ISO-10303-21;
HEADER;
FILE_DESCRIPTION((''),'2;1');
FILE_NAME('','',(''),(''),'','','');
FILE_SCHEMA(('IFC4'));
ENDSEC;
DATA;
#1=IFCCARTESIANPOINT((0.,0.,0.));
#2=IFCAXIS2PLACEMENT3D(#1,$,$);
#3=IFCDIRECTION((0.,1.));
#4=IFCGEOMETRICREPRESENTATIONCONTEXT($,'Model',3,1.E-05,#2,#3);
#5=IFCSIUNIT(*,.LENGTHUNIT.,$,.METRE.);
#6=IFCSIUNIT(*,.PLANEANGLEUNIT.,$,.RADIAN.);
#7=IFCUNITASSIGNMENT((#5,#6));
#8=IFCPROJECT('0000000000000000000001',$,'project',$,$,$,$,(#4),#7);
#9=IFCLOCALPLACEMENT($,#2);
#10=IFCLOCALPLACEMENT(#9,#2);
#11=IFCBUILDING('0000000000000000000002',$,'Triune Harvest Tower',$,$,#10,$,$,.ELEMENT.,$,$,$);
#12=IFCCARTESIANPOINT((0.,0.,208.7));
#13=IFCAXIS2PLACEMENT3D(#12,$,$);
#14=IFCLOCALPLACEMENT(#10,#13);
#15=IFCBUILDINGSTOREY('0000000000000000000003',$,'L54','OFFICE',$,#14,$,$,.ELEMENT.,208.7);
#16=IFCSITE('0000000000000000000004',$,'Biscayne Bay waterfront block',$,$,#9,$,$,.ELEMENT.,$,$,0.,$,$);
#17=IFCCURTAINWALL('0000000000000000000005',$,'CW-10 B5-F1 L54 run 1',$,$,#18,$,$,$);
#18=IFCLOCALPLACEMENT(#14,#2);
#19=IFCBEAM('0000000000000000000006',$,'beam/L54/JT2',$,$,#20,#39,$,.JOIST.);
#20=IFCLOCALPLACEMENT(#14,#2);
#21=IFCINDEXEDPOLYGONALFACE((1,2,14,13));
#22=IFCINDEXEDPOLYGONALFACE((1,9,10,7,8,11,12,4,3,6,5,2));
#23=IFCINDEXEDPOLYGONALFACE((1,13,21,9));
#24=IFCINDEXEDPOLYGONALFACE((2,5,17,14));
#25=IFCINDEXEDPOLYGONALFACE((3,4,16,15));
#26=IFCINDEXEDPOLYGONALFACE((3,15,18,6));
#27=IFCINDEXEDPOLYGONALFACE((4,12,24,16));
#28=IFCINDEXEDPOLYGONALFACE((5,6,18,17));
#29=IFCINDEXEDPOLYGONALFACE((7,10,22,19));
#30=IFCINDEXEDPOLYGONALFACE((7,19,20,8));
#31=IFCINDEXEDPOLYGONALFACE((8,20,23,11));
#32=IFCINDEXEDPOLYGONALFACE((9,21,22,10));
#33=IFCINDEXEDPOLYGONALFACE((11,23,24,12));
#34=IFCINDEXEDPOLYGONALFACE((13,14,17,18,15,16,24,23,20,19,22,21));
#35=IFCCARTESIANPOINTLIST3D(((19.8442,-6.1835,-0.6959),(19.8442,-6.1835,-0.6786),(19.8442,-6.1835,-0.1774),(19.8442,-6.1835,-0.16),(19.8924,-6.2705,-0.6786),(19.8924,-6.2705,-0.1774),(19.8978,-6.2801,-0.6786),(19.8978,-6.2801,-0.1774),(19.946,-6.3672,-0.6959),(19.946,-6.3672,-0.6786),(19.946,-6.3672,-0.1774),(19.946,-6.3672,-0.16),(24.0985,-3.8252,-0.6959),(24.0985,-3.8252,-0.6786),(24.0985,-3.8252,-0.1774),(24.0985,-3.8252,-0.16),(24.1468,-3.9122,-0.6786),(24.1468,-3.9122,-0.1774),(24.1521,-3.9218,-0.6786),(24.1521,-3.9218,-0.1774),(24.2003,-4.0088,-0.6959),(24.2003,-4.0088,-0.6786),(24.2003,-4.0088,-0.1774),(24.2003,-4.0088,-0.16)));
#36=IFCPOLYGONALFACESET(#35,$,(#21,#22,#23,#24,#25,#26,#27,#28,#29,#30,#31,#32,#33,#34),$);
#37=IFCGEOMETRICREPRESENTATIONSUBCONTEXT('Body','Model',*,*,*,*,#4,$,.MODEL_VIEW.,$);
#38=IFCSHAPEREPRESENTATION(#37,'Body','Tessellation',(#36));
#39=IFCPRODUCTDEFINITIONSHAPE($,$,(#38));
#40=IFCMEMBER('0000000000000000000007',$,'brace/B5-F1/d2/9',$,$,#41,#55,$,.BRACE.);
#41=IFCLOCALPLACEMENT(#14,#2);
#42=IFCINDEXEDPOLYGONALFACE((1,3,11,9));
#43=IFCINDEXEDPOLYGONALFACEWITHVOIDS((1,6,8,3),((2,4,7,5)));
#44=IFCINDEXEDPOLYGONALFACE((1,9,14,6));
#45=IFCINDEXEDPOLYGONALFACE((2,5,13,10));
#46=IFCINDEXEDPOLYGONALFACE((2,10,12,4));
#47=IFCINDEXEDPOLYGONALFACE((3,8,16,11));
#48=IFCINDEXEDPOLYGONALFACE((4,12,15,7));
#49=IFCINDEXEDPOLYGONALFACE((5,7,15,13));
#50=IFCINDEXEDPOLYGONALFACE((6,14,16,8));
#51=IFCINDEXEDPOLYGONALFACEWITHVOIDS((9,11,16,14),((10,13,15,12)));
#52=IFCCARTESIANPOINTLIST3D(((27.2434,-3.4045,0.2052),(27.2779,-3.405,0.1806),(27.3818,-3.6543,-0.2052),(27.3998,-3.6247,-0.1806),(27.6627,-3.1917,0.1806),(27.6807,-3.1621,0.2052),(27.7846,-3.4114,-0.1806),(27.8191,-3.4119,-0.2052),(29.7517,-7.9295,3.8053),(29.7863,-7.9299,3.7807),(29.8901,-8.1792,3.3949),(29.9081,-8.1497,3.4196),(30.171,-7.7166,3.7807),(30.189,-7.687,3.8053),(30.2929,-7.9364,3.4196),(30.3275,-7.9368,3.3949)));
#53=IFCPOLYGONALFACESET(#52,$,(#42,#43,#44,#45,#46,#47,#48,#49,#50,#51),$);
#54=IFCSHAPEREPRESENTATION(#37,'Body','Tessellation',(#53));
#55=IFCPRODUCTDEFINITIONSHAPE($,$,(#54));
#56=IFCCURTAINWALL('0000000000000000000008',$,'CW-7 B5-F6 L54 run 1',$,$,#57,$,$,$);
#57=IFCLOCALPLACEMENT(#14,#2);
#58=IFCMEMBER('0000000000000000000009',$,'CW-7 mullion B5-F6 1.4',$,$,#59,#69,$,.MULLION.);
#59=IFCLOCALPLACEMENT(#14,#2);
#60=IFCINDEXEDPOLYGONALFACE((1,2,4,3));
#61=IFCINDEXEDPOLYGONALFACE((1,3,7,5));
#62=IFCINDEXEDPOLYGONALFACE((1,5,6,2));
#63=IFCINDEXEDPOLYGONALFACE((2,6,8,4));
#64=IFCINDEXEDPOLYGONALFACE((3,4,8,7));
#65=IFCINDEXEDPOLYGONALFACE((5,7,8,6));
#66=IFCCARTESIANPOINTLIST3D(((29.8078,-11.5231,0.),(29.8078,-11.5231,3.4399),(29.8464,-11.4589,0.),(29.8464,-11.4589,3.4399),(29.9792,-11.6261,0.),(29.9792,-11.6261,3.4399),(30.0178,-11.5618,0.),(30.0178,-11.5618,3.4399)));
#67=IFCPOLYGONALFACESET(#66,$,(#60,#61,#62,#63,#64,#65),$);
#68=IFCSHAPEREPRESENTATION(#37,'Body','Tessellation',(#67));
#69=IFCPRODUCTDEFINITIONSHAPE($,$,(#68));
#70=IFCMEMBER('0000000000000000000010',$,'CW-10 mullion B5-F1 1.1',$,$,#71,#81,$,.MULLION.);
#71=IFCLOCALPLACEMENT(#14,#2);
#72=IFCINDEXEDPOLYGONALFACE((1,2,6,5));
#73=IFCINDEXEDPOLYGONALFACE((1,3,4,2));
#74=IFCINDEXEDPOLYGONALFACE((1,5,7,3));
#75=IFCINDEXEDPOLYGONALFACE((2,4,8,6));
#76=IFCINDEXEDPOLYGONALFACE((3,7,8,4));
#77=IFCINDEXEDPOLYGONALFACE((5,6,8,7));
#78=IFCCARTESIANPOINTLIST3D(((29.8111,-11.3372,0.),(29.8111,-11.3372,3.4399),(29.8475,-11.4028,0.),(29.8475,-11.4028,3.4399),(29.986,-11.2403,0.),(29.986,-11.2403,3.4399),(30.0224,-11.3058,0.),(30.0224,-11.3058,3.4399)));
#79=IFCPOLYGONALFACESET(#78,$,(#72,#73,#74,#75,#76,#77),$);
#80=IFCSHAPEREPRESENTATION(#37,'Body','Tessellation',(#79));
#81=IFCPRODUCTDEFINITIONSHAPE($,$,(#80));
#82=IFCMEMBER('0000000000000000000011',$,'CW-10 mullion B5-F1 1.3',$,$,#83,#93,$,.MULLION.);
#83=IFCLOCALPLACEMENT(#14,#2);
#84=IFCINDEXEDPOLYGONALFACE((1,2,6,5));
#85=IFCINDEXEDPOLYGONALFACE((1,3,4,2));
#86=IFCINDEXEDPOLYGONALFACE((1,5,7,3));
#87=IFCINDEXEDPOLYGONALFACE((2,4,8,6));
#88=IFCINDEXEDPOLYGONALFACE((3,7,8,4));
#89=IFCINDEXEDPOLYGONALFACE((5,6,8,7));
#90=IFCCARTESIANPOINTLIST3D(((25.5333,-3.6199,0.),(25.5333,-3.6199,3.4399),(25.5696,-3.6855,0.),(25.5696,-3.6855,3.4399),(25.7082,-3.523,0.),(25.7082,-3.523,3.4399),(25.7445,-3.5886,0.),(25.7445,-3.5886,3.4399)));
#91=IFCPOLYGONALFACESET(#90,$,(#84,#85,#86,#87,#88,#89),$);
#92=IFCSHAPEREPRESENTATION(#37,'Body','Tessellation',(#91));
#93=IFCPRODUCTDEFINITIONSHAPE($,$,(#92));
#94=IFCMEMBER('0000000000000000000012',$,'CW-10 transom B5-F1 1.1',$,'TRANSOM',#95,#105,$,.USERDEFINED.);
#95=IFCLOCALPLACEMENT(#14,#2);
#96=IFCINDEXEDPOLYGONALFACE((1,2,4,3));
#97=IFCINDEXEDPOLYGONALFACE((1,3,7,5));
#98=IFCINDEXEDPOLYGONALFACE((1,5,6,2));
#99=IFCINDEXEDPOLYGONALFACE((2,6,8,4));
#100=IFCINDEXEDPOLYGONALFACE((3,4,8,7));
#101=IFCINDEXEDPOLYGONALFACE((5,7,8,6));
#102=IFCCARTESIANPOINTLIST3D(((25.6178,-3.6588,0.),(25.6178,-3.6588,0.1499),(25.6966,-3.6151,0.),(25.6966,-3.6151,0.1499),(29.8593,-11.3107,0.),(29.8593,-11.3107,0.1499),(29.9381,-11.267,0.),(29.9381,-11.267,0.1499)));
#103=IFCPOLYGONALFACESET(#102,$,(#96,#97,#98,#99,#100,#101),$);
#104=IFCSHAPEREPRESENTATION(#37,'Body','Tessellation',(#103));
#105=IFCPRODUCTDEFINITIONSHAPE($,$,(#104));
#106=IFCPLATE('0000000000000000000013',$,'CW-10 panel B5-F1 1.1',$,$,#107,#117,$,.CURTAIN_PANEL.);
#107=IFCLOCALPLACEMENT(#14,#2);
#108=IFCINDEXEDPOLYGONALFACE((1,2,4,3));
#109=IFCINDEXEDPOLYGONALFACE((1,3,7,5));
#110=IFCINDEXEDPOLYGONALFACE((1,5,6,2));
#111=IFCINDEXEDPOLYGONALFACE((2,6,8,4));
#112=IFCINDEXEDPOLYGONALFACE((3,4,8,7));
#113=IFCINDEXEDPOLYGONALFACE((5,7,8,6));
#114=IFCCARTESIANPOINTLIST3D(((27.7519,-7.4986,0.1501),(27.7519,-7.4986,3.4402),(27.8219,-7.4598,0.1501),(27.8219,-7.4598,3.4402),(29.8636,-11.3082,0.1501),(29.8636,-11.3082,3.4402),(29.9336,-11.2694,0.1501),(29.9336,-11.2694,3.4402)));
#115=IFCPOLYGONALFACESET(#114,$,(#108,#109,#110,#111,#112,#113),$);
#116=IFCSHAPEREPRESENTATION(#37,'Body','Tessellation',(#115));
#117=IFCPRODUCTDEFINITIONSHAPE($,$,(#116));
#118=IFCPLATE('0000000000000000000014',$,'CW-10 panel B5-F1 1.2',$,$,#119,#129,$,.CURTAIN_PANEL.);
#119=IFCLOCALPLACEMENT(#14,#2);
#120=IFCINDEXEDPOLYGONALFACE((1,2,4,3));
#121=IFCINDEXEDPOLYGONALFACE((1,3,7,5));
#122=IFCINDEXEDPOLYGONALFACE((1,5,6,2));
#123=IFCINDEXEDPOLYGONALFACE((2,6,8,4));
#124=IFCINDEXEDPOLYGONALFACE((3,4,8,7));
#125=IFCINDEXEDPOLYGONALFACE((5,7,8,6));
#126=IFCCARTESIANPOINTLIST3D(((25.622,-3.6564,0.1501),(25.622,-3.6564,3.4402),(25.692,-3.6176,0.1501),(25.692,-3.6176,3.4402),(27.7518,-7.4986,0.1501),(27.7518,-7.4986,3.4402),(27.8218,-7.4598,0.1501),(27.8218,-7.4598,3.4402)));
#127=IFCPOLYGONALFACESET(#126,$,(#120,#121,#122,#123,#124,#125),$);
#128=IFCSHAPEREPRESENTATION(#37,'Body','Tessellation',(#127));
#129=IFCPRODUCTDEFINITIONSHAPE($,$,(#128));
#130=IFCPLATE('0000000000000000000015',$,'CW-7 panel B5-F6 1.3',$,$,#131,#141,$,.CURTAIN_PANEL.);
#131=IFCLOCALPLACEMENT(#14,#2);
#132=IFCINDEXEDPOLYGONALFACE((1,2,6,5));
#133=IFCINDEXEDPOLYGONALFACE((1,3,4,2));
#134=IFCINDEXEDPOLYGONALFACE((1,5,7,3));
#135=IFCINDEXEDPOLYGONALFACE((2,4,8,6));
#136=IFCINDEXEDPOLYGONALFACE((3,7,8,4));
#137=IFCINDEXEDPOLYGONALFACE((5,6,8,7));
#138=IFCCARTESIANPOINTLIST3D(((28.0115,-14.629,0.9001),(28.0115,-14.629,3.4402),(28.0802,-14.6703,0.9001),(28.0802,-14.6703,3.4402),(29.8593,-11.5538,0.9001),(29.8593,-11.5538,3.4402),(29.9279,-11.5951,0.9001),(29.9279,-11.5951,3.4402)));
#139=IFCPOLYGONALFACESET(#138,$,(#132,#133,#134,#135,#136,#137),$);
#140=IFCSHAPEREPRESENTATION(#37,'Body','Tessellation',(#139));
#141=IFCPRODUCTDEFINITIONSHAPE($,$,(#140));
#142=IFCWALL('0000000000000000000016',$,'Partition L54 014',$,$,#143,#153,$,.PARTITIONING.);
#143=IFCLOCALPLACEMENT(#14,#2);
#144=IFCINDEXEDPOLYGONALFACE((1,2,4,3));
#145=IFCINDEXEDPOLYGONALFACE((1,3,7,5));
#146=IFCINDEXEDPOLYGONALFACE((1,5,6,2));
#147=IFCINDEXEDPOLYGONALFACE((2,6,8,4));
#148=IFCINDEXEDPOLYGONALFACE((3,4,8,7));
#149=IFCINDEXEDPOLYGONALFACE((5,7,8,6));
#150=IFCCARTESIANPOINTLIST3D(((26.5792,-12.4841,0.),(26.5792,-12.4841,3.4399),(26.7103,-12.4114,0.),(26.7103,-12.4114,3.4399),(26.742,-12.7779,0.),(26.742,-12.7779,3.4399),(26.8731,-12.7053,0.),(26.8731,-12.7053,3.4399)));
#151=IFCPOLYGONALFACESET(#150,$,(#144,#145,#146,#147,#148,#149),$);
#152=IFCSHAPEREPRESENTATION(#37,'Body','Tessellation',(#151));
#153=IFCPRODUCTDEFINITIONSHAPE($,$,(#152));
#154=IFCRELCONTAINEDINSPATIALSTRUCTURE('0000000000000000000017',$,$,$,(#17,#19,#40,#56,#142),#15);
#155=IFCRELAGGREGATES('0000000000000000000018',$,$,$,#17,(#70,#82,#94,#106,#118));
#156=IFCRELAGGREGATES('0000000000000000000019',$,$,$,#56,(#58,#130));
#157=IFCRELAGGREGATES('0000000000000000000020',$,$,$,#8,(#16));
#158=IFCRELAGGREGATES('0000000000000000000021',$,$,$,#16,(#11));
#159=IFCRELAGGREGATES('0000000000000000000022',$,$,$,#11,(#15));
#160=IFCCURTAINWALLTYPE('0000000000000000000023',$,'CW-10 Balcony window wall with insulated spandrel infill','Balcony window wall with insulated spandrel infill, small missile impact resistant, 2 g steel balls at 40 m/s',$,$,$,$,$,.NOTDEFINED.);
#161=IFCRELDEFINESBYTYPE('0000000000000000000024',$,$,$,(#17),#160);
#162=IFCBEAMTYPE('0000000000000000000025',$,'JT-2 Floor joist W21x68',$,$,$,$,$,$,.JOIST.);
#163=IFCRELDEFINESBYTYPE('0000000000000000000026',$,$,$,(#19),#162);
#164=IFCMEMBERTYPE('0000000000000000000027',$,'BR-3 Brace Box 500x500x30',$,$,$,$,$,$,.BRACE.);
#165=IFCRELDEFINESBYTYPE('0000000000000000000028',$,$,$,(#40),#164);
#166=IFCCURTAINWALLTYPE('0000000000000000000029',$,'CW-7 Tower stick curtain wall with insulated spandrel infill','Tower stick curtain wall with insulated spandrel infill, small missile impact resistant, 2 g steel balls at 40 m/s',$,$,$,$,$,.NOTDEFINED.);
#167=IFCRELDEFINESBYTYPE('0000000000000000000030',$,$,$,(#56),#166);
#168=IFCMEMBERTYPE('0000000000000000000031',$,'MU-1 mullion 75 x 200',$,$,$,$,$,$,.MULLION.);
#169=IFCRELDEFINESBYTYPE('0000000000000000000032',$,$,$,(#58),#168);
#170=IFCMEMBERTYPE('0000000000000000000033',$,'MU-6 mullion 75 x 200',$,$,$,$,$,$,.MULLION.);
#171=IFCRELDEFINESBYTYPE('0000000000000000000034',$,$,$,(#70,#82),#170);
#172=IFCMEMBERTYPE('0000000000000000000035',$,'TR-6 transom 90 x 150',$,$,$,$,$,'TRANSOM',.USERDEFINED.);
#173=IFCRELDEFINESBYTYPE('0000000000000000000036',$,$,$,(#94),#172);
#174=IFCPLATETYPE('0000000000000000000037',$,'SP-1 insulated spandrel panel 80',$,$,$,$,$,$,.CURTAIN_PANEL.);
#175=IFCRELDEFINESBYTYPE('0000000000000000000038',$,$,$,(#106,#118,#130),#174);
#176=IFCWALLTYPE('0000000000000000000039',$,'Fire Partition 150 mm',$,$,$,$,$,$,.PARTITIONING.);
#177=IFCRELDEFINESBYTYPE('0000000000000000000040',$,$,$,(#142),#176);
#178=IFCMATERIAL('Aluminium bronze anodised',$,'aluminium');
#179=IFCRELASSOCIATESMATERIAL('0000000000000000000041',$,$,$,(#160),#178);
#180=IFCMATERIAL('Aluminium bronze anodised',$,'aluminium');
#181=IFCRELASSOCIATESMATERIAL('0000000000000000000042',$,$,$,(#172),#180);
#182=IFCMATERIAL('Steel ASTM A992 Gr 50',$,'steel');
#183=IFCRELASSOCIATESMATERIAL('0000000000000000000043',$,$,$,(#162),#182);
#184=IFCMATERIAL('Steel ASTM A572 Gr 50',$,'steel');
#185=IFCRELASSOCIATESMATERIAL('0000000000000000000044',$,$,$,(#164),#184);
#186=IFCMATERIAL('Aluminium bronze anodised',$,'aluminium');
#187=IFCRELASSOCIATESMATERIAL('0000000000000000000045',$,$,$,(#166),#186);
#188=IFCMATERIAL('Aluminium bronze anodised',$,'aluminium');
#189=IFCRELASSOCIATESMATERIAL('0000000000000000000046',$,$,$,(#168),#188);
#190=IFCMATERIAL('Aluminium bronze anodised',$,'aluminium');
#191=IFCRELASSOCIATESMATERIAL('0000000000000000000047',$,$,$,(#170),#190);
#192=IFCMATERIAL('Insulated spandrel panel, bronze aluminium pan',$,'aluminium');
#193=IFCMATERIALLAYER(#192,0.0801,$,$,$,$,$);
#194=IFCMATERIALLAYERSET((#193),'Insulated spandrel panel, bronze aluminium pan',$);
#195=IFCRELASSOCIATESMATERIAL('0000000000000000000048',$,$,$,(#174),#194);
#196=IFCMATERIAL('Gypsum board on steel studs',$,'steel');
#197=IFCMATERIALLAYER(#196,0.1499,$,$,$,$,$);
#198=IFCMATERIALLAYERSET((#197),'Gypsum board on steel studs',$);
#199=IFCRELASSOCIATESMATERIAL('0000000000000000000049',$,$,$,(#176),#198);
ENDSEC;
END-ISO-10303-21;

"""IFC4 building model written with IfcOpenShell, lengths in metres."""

from ifc_helpers import new_model, si_unit, direction, frame, frame_2d, origin, origin_2d, place, context, subcontext, project, spatial, rectangle, hollow_rectangle, i_section, extrude, source, transform, mapped, material, layer, layer_set, material_profile, profile_set, type_object, element, aggregate, save


model = new_model("IFC4")

# Units and contexts
model_context = context("Model", 3, precision=1e-05, world=origin(), true_north=direction((0.0, 1.0)))
body_context = subcontext(model_context, "Body", "Model", "MODEL_VIEW")
ifc_project = project(units=[si_unit("LENGTHUNIT", "METRE"), si_unit("PLANEANGLEUNIT", "RADIAN")], contexts=[model_context])

# Site, building, storey
site_placement = place(None, origin())
site = spatial("IfcSite", under=ifc_project, at=site_placement, Name="Biscayne Bay waterfront block", CompositionType="ELEMENT", RefElevation=0.0)
building_placement = place(site_placement, origin())
building = spatial("IfcBuilding", under=site, at=building_placement, Name="Triune Harvest Tower", CompositionType="ELEMENT")
storey_placement = place(building_placement, frame((0.0, 0.0, 208.7)))
storey = spatial("IfcBuildingStorey", under=building, at=storey_placement, Name="L54", Description="OFFICE", CompositionType="ELEMENT", Elevation=208.7)

# Curtain wall
ifc_material_1 = material(Name="Aluminium bronze anodised", Category="aluminium")
curtain_wall_type_1 = type_object("IfcCurtainWallType", Name="CW-10 Balcony window wall with insulated spandrel infill", Description="Balcony window wall with insulated spandrel infill, small missile impact resistant, 2 g steel balls at 40 m/s", PredefinedType="NOTDEFINED", material=ifc_material_1)
curtain_wall_1_placement = place(storey_placement, origin())
curtain_wall_1 = element("IfcCurtainWall", 1, at=curtain_wall_1_placement, inside=storey, type_object=curtain_wall_type_1, Name="CW-10 B5-F1 L54 run 1")
ifc_material_2 = material(Name="Aluminium bronze anodised", Category="aluminium")
ifc_material_profile_1 = material_profile(ifc_material_2, rectangle(XDim=0.0901, YDim=0.1499, at=origin_2d()), Name="TR-6 transom 90 x 150")
ifc_profile_set_1 = profile_set([ifc_material_profile_1], Name="Aluminium bronze anodised")
member_type_1 = type_object("IfcMemberType", Name="TR-6 transom 90 x 150", ElementType="TRANSOM", PredefinedType="USERDEFINED", material=ifc_profile_set_1)

# Beam
ifc_material_3 = material(Name="Steel ASTM A992 Gr 50", Category="steel")
ifc_material_profile_2 = material_profile(ifc_material_3, i_section(OverallWidth=0.21, OverallDepth=0.5359, WebThickness=0.011, FlangeThickness=0.0173, at=origin_2d()), Name="W21x68")
ifc_profile_set_2 = profile_set([ifc_material_profile_2], Name="Steel ASTM A992 Gr 50")
beam_type_1 = type_object("IfcBeamType", Name="JT-2 Floor joist W21x68", PredefinedType="JOIST", material=ifc_profile_set_2)
shared_shape_1 = source(origin(), body_context, "Body", "SweptSolid", [
    extrude(i_section(OverallWidth=0.21, OverallDepth=0.5359, WebThickness=0.011, FlangeThickness=0.0173, at=origin_2d()), origin(), (0.0, 0.0, 1.0), 4.8643),
])
beam_1_placement = place(storey_placement, frame((24.1494, -3.917, -0.428), z_axis=(-0.874607, -0.484833, 0.0), x_axis=(0.484833, -0.874607, 0.0)))
element("IfcBeam", 2, at=beam_1_placement, inside=storey, type_object=beam_type_1, Name="beam/L54/JT2", PredefinedType="JOIST", context=body_context, shape_type="MappedRepresentation", body=[
    mapped(shared_shape_1, transform((0.0, 0.0, 0.0), scale=1.0)),
])

# Member
ifc_material_4 = material(Name="Steel ASTM A572 Gr 50", Category="steel")
ifc_material_profile_3 = material_profile(ifc_material_4, hollow_rectangle(XDim=0.5, YDim=0.5, WallThickness=0.03, at=origin_2d()), Name="Box 500x500x30")
ifc_profile_set_3 = profile_set([ifc_material_profile_3], Name="Steel ASTM A572 Gr 50")
member_type_2 = type_object("IfcMemberType", Name="BR-3 Brace Box 500x500x30", PredefinedType="BRACE", material=ifc_profile_set_3)
shared_shape_2 = source(origin(), body_context, "Body", "SweptSolid", [
    extrude(hollow_rectangle(XDim=0.5, YDim=0.5, WallThickness=0.03, at=origin_2d()), origin(), (0.0, 0.0, 1.0), 6.303),
])
member_1_placement = place(storey_placement, frame((27.5312, -3.4082, 0.0), z_axis=(0.397957, -0.717904, 0.571178), x_axis=(0.874611, 0.484825, 0.0)))
element("IfcMember", 3, at=member_1_placement, inside=storey, type_object=member_type_2, Name="brace/B5-F1/d2/9", PredefinedType="BRACE", context=body_context, shape_type="MappedRepresentation", body=[
    mapped(shared_shape_2, transform((0.0, 0.0, 0.0), scale=1.0)),
])

# Curtain wall, member
ifc_material_5 = material(Name="Aluminium bronze anodised", Category="aluminium")
curtain_wall_type_2 = type_object("IfcCurtainWallType", Name="CW-7 Tower stick curtain wall with insulated spandrel infill", Description="Tower stick curtain wall with insulated spandrel infill, small missile impact resistant, 2 g steel balls at 40 m/s", PredefinedType="NOTDEFINED", material=ifc_material_5)
curtain_wall_2_placement = place(storey_placement, origin())
curtain_wall_2 = element("IfcCurtainWall", 4, at=curtain_wall_2_placement, inside=storey, type_object=curtain_wall_type_2, Name="CW-7 B5-F6 L54 run 1")
ifc_material_6 = material(Name="Aluminium bronze anodised", Category="aluminium")
ifc_material_profile_4 = material_profile(ifc_material_6, rectangle(XDim=0.2, YDim=0.075, at=origin_2d()), Name="MU-1 mullion 75 x 200")
ifc_profile_set_4 = profile_set([ifc_material_profile_4], Name="Aluminium bronze anodised")
member_type_3 = type_object("IfcMemberType", Name="MU-1 mullion 75 x 200", PredefinedType="MULLION", material=ifc_profile_set_4)
shared_shape_3 = source(origin(), body_context, "Body", "SweptSolid", [
    extrude(rectangle(XDim=0.2, YDim=0.075, at=origin_2d()), origin(), (0.0, 0.0, 1.0), 3.4399),
])
member_2_placement = place(storey_placement, frame((29.9128, -11.5425, 0.0), z_axis=(0.0, 0.0, 1.0), x_axis=(-0.857168, 0.515037, 0.0)))
member_2 = element("IfcMember", 5, at=member_2_placement, type_object=member_type_3, Name="CW-7 mullion B5-F6 1.4", PredefinedType="MULLION", context=body_context, shape_type="MappedRepresentation", body=[
    mapped(shared_shape_3, transform((0.0, 0.0, 0.0), scale=1.0)),
])

# Members
ifc_material_7 = material(Name="Aluminium bronze anodised", Category="aluminium")
ifc_material_profile_5 = material_profile(ifc_material_7, rectangle(XDim=0.2, YDim=0.075, at=origin_2d()), Name="MU-6 mullion 75 x 200")
ifc_profile_set_5 = profile_set([ifc_material_profile_5], Name="Aluminium bronze anodised")
member_type_4 = type_object("IfcMemberType", Name="MU-6 mullion 75 x 200", PredefinedType="MULLION", material=ifc_profile_set_5)
shared_shape_4 = source(origin(), body_context, "Body", "SweptSolid", [
    extrude(rectangle(XDim=0.2, YDim=0.075, at=origin_2d()), origin(), (0.0, 0.0, 1.0), 3.4399),
])
member_3_placement = place(storey_placement, frame((29.9167, -11.3215, 0.0), z_axis=(0.0, 0.0, 1.0), x_axis=(-0.87462, -0.484808, 0.0)))
member_3 = element("IfcMember", 6, at=member_3_placement, type_object=member_type_4, Name="CW-10 mullion B5-F1 1.1", PredefinedType="MULLION", context=body_context, shape_type="MappedRepresentation", body=[
    mapped(shared_shape_4, transform((0.0, 0.0, 0.0), scale=1.0)),
])
member_4_placement = place(storey_placement, frame((25.6389, -3.6042, 0.0), z_axis=(0.0, 0.0, 1.0), x_axis=(-0.87462, -0.484808, 0.0)))
member_4 = element("IfcMember", 7, at=member_4_placement, type_object=member_type_4, Name="CW-10 mullion B5-F1 1.3", PredefinedType="MULLION", context=body_context, shape_type="MappedRepresentation", body=[
    mapped(shared_shape_4, transform((0.0, 0.0, 0.0), scale=1.0)),
])
shared_shape_5 = source(origin(), body_context, "Body", "SweptSolid", [
    extrude(rectangle(XDim=0.0901, YDim=0.1499, at=origin_2d()), origin(), (0.0, 0.0, 1.0), 8.7488),
])
member_5_placement = place(storey_placement, frame((29.8987, -11.2888, 0.075), z_axis=(-0.484806, 0.874622, 0.0), x_axis=(-0.874622, -0.484806, 0.0)))
member_5 = element("IfcMember", 8, at=member_5_placement, type_object=member_type_1, Name="CW-10 transom B5-F1 1.1", ObjectType="TRANSOM", PredefinedType="USERDEFINED", context=body_context, shape_type="MappedRepresentation", body=[
    mapped(shared_shape_5, transform((0.0, 0.0, 0.0), scale=1.0)),
])

# Plates
ifc_material_8 = material(Name="Insulated spandrel panel, bronze aluminium pan", Category="aluminium")
ifc_layer_1 = layer(ifc_material_8, 0.0801)
ifc_layer_set_1 = layer_set([ifc_layer_1], Name="Insulated spandrel panel, bronze aluminium pan")
plate_type = type_object("IfcPlateType", Name="SP-1 insulated spandrel panel 80", PredefinedType="CURTAIN_PANEL", material=ifc_layer_set_1)
shared_shape_6 = source(origin(), body_context, "Body", "SweptSolid", [
    extrude(rectangle(XDim=4.3557, YDim=0.0801, at=origin_2d()), origin(), (0.0, 0.0, 1.0), 3.29),
])
plate_1_placement = place(storey_placement, frame((28.8428, -9.384, 0.1501), z_axis=(0.0, 0.0, 1.0), x_axis=(-0.484808, 0.87462, 0.0)))
plate_1 = element("IfcPlate", 9, at=plate_1_placement, type_object=plate_type, Name="CW-10 panel B5-F1 1.1", PredefinedType="CURTAIN_PANEL", context=body_context, shape_type="MappedRepresentation", body=[
    mapped(shared_shape_6, transform((0.0, 0.0, 0.0), scale=1.0)),
])
shared_shape_7 = source(origin(), body_context, "Body", "SweptSolid", [
    extrude(rectangle(XDim=4.3931, YDim=0.0801, at=origin_2d()), origin(), (0.0, 0.0, 1.0), 3.29),
])
plate_2_placement = place(storey_placement, frame((26.7219, -5.5581, 0.1501), z_axis=(0.0, 0.0, 1.0), x_axis=(-0.484808, 0.87462, 0.0)))
plate_2 = element("IfcPlate", 10, at=plate_2_placement, type_object=plate_type, Name="CW-10 panel B5-F1 1.2", PredefinedType="CURTAIN_PANEL", context=body_context, shape_type="MappedRepresentation", body=[
    mapped(shared_shape_7, transform((0.0, 0.0, 0.0), scale=1.0)),
])
aggregate(curtain_wall_1, [member_3, member_4, member_5, plate_1, plate_2])
shared_shape_8 = source(origin(), body_context, "Body", "SweptSolid", [
    extrude(rectangle(XDim=3.5876, YDim=0.0801, at=origin_2d()), origin(), (0.0, 0.0, 1.0), 2.54),
])
plate_3_placement = place(storey_placement, frame((28.9697, -13.1121, 0.9001), z_axis=(0.0, 0.0, 1.0), x_axis=(0.515037, 0.857168, 0.0)))
plate_3 = element("IfcPlate", 11, at=plate_3_placement, type_object=plate_type, Name="CW-7 panel B5-F6 1.3", PredefinedType="CURTAIN_PANEL", context=body_context, shape_type="MappedRepresentation", body=[
    mapped(shared_shape_8, transform((0.0, 0.0, 0.0), scale=1.0)),
])
aggregate(curtain_wall_2, [member_2, plate_3])

# Wall
ifc_material_9 = material(Name="Gypsum board on steel studs", Category="steel")
ifc_layer_2 = layer(ifc_material_9, 0.1499)
ifc_layer_set_2 = layer_set([ifc_layer_2], Name="Gypsum board on steel studs")
wall_type_1 = type_object("IfcWallType", Name="Fire Partition 150 mm", PredefinedType="PARTITIONING", material=ifc_layer_set_2)
wall_1_placement = place(storey_placement, frame((26.6448, -12.4478, 0.0), z_axis=(0.0, 0.0, 1.0), x_axis=(0.484594, -0.874739, 0.0)))
element("IfcWall", 12, at=wall_1_placement, inside=storey, type_object=wall_type_1, Name="Partition L54 014", PredefinedType="PARTITIONING", context=body_context, shape_type="SweptSolid", body=[
    extrude(rectangle(XDim=0.3359, YDim=0.1499, at=frame_2d((0.168, 0.0))), origin(), (0.0, 0.0, 1.0), 3.4399),
])

save(model, "model.ifc")
